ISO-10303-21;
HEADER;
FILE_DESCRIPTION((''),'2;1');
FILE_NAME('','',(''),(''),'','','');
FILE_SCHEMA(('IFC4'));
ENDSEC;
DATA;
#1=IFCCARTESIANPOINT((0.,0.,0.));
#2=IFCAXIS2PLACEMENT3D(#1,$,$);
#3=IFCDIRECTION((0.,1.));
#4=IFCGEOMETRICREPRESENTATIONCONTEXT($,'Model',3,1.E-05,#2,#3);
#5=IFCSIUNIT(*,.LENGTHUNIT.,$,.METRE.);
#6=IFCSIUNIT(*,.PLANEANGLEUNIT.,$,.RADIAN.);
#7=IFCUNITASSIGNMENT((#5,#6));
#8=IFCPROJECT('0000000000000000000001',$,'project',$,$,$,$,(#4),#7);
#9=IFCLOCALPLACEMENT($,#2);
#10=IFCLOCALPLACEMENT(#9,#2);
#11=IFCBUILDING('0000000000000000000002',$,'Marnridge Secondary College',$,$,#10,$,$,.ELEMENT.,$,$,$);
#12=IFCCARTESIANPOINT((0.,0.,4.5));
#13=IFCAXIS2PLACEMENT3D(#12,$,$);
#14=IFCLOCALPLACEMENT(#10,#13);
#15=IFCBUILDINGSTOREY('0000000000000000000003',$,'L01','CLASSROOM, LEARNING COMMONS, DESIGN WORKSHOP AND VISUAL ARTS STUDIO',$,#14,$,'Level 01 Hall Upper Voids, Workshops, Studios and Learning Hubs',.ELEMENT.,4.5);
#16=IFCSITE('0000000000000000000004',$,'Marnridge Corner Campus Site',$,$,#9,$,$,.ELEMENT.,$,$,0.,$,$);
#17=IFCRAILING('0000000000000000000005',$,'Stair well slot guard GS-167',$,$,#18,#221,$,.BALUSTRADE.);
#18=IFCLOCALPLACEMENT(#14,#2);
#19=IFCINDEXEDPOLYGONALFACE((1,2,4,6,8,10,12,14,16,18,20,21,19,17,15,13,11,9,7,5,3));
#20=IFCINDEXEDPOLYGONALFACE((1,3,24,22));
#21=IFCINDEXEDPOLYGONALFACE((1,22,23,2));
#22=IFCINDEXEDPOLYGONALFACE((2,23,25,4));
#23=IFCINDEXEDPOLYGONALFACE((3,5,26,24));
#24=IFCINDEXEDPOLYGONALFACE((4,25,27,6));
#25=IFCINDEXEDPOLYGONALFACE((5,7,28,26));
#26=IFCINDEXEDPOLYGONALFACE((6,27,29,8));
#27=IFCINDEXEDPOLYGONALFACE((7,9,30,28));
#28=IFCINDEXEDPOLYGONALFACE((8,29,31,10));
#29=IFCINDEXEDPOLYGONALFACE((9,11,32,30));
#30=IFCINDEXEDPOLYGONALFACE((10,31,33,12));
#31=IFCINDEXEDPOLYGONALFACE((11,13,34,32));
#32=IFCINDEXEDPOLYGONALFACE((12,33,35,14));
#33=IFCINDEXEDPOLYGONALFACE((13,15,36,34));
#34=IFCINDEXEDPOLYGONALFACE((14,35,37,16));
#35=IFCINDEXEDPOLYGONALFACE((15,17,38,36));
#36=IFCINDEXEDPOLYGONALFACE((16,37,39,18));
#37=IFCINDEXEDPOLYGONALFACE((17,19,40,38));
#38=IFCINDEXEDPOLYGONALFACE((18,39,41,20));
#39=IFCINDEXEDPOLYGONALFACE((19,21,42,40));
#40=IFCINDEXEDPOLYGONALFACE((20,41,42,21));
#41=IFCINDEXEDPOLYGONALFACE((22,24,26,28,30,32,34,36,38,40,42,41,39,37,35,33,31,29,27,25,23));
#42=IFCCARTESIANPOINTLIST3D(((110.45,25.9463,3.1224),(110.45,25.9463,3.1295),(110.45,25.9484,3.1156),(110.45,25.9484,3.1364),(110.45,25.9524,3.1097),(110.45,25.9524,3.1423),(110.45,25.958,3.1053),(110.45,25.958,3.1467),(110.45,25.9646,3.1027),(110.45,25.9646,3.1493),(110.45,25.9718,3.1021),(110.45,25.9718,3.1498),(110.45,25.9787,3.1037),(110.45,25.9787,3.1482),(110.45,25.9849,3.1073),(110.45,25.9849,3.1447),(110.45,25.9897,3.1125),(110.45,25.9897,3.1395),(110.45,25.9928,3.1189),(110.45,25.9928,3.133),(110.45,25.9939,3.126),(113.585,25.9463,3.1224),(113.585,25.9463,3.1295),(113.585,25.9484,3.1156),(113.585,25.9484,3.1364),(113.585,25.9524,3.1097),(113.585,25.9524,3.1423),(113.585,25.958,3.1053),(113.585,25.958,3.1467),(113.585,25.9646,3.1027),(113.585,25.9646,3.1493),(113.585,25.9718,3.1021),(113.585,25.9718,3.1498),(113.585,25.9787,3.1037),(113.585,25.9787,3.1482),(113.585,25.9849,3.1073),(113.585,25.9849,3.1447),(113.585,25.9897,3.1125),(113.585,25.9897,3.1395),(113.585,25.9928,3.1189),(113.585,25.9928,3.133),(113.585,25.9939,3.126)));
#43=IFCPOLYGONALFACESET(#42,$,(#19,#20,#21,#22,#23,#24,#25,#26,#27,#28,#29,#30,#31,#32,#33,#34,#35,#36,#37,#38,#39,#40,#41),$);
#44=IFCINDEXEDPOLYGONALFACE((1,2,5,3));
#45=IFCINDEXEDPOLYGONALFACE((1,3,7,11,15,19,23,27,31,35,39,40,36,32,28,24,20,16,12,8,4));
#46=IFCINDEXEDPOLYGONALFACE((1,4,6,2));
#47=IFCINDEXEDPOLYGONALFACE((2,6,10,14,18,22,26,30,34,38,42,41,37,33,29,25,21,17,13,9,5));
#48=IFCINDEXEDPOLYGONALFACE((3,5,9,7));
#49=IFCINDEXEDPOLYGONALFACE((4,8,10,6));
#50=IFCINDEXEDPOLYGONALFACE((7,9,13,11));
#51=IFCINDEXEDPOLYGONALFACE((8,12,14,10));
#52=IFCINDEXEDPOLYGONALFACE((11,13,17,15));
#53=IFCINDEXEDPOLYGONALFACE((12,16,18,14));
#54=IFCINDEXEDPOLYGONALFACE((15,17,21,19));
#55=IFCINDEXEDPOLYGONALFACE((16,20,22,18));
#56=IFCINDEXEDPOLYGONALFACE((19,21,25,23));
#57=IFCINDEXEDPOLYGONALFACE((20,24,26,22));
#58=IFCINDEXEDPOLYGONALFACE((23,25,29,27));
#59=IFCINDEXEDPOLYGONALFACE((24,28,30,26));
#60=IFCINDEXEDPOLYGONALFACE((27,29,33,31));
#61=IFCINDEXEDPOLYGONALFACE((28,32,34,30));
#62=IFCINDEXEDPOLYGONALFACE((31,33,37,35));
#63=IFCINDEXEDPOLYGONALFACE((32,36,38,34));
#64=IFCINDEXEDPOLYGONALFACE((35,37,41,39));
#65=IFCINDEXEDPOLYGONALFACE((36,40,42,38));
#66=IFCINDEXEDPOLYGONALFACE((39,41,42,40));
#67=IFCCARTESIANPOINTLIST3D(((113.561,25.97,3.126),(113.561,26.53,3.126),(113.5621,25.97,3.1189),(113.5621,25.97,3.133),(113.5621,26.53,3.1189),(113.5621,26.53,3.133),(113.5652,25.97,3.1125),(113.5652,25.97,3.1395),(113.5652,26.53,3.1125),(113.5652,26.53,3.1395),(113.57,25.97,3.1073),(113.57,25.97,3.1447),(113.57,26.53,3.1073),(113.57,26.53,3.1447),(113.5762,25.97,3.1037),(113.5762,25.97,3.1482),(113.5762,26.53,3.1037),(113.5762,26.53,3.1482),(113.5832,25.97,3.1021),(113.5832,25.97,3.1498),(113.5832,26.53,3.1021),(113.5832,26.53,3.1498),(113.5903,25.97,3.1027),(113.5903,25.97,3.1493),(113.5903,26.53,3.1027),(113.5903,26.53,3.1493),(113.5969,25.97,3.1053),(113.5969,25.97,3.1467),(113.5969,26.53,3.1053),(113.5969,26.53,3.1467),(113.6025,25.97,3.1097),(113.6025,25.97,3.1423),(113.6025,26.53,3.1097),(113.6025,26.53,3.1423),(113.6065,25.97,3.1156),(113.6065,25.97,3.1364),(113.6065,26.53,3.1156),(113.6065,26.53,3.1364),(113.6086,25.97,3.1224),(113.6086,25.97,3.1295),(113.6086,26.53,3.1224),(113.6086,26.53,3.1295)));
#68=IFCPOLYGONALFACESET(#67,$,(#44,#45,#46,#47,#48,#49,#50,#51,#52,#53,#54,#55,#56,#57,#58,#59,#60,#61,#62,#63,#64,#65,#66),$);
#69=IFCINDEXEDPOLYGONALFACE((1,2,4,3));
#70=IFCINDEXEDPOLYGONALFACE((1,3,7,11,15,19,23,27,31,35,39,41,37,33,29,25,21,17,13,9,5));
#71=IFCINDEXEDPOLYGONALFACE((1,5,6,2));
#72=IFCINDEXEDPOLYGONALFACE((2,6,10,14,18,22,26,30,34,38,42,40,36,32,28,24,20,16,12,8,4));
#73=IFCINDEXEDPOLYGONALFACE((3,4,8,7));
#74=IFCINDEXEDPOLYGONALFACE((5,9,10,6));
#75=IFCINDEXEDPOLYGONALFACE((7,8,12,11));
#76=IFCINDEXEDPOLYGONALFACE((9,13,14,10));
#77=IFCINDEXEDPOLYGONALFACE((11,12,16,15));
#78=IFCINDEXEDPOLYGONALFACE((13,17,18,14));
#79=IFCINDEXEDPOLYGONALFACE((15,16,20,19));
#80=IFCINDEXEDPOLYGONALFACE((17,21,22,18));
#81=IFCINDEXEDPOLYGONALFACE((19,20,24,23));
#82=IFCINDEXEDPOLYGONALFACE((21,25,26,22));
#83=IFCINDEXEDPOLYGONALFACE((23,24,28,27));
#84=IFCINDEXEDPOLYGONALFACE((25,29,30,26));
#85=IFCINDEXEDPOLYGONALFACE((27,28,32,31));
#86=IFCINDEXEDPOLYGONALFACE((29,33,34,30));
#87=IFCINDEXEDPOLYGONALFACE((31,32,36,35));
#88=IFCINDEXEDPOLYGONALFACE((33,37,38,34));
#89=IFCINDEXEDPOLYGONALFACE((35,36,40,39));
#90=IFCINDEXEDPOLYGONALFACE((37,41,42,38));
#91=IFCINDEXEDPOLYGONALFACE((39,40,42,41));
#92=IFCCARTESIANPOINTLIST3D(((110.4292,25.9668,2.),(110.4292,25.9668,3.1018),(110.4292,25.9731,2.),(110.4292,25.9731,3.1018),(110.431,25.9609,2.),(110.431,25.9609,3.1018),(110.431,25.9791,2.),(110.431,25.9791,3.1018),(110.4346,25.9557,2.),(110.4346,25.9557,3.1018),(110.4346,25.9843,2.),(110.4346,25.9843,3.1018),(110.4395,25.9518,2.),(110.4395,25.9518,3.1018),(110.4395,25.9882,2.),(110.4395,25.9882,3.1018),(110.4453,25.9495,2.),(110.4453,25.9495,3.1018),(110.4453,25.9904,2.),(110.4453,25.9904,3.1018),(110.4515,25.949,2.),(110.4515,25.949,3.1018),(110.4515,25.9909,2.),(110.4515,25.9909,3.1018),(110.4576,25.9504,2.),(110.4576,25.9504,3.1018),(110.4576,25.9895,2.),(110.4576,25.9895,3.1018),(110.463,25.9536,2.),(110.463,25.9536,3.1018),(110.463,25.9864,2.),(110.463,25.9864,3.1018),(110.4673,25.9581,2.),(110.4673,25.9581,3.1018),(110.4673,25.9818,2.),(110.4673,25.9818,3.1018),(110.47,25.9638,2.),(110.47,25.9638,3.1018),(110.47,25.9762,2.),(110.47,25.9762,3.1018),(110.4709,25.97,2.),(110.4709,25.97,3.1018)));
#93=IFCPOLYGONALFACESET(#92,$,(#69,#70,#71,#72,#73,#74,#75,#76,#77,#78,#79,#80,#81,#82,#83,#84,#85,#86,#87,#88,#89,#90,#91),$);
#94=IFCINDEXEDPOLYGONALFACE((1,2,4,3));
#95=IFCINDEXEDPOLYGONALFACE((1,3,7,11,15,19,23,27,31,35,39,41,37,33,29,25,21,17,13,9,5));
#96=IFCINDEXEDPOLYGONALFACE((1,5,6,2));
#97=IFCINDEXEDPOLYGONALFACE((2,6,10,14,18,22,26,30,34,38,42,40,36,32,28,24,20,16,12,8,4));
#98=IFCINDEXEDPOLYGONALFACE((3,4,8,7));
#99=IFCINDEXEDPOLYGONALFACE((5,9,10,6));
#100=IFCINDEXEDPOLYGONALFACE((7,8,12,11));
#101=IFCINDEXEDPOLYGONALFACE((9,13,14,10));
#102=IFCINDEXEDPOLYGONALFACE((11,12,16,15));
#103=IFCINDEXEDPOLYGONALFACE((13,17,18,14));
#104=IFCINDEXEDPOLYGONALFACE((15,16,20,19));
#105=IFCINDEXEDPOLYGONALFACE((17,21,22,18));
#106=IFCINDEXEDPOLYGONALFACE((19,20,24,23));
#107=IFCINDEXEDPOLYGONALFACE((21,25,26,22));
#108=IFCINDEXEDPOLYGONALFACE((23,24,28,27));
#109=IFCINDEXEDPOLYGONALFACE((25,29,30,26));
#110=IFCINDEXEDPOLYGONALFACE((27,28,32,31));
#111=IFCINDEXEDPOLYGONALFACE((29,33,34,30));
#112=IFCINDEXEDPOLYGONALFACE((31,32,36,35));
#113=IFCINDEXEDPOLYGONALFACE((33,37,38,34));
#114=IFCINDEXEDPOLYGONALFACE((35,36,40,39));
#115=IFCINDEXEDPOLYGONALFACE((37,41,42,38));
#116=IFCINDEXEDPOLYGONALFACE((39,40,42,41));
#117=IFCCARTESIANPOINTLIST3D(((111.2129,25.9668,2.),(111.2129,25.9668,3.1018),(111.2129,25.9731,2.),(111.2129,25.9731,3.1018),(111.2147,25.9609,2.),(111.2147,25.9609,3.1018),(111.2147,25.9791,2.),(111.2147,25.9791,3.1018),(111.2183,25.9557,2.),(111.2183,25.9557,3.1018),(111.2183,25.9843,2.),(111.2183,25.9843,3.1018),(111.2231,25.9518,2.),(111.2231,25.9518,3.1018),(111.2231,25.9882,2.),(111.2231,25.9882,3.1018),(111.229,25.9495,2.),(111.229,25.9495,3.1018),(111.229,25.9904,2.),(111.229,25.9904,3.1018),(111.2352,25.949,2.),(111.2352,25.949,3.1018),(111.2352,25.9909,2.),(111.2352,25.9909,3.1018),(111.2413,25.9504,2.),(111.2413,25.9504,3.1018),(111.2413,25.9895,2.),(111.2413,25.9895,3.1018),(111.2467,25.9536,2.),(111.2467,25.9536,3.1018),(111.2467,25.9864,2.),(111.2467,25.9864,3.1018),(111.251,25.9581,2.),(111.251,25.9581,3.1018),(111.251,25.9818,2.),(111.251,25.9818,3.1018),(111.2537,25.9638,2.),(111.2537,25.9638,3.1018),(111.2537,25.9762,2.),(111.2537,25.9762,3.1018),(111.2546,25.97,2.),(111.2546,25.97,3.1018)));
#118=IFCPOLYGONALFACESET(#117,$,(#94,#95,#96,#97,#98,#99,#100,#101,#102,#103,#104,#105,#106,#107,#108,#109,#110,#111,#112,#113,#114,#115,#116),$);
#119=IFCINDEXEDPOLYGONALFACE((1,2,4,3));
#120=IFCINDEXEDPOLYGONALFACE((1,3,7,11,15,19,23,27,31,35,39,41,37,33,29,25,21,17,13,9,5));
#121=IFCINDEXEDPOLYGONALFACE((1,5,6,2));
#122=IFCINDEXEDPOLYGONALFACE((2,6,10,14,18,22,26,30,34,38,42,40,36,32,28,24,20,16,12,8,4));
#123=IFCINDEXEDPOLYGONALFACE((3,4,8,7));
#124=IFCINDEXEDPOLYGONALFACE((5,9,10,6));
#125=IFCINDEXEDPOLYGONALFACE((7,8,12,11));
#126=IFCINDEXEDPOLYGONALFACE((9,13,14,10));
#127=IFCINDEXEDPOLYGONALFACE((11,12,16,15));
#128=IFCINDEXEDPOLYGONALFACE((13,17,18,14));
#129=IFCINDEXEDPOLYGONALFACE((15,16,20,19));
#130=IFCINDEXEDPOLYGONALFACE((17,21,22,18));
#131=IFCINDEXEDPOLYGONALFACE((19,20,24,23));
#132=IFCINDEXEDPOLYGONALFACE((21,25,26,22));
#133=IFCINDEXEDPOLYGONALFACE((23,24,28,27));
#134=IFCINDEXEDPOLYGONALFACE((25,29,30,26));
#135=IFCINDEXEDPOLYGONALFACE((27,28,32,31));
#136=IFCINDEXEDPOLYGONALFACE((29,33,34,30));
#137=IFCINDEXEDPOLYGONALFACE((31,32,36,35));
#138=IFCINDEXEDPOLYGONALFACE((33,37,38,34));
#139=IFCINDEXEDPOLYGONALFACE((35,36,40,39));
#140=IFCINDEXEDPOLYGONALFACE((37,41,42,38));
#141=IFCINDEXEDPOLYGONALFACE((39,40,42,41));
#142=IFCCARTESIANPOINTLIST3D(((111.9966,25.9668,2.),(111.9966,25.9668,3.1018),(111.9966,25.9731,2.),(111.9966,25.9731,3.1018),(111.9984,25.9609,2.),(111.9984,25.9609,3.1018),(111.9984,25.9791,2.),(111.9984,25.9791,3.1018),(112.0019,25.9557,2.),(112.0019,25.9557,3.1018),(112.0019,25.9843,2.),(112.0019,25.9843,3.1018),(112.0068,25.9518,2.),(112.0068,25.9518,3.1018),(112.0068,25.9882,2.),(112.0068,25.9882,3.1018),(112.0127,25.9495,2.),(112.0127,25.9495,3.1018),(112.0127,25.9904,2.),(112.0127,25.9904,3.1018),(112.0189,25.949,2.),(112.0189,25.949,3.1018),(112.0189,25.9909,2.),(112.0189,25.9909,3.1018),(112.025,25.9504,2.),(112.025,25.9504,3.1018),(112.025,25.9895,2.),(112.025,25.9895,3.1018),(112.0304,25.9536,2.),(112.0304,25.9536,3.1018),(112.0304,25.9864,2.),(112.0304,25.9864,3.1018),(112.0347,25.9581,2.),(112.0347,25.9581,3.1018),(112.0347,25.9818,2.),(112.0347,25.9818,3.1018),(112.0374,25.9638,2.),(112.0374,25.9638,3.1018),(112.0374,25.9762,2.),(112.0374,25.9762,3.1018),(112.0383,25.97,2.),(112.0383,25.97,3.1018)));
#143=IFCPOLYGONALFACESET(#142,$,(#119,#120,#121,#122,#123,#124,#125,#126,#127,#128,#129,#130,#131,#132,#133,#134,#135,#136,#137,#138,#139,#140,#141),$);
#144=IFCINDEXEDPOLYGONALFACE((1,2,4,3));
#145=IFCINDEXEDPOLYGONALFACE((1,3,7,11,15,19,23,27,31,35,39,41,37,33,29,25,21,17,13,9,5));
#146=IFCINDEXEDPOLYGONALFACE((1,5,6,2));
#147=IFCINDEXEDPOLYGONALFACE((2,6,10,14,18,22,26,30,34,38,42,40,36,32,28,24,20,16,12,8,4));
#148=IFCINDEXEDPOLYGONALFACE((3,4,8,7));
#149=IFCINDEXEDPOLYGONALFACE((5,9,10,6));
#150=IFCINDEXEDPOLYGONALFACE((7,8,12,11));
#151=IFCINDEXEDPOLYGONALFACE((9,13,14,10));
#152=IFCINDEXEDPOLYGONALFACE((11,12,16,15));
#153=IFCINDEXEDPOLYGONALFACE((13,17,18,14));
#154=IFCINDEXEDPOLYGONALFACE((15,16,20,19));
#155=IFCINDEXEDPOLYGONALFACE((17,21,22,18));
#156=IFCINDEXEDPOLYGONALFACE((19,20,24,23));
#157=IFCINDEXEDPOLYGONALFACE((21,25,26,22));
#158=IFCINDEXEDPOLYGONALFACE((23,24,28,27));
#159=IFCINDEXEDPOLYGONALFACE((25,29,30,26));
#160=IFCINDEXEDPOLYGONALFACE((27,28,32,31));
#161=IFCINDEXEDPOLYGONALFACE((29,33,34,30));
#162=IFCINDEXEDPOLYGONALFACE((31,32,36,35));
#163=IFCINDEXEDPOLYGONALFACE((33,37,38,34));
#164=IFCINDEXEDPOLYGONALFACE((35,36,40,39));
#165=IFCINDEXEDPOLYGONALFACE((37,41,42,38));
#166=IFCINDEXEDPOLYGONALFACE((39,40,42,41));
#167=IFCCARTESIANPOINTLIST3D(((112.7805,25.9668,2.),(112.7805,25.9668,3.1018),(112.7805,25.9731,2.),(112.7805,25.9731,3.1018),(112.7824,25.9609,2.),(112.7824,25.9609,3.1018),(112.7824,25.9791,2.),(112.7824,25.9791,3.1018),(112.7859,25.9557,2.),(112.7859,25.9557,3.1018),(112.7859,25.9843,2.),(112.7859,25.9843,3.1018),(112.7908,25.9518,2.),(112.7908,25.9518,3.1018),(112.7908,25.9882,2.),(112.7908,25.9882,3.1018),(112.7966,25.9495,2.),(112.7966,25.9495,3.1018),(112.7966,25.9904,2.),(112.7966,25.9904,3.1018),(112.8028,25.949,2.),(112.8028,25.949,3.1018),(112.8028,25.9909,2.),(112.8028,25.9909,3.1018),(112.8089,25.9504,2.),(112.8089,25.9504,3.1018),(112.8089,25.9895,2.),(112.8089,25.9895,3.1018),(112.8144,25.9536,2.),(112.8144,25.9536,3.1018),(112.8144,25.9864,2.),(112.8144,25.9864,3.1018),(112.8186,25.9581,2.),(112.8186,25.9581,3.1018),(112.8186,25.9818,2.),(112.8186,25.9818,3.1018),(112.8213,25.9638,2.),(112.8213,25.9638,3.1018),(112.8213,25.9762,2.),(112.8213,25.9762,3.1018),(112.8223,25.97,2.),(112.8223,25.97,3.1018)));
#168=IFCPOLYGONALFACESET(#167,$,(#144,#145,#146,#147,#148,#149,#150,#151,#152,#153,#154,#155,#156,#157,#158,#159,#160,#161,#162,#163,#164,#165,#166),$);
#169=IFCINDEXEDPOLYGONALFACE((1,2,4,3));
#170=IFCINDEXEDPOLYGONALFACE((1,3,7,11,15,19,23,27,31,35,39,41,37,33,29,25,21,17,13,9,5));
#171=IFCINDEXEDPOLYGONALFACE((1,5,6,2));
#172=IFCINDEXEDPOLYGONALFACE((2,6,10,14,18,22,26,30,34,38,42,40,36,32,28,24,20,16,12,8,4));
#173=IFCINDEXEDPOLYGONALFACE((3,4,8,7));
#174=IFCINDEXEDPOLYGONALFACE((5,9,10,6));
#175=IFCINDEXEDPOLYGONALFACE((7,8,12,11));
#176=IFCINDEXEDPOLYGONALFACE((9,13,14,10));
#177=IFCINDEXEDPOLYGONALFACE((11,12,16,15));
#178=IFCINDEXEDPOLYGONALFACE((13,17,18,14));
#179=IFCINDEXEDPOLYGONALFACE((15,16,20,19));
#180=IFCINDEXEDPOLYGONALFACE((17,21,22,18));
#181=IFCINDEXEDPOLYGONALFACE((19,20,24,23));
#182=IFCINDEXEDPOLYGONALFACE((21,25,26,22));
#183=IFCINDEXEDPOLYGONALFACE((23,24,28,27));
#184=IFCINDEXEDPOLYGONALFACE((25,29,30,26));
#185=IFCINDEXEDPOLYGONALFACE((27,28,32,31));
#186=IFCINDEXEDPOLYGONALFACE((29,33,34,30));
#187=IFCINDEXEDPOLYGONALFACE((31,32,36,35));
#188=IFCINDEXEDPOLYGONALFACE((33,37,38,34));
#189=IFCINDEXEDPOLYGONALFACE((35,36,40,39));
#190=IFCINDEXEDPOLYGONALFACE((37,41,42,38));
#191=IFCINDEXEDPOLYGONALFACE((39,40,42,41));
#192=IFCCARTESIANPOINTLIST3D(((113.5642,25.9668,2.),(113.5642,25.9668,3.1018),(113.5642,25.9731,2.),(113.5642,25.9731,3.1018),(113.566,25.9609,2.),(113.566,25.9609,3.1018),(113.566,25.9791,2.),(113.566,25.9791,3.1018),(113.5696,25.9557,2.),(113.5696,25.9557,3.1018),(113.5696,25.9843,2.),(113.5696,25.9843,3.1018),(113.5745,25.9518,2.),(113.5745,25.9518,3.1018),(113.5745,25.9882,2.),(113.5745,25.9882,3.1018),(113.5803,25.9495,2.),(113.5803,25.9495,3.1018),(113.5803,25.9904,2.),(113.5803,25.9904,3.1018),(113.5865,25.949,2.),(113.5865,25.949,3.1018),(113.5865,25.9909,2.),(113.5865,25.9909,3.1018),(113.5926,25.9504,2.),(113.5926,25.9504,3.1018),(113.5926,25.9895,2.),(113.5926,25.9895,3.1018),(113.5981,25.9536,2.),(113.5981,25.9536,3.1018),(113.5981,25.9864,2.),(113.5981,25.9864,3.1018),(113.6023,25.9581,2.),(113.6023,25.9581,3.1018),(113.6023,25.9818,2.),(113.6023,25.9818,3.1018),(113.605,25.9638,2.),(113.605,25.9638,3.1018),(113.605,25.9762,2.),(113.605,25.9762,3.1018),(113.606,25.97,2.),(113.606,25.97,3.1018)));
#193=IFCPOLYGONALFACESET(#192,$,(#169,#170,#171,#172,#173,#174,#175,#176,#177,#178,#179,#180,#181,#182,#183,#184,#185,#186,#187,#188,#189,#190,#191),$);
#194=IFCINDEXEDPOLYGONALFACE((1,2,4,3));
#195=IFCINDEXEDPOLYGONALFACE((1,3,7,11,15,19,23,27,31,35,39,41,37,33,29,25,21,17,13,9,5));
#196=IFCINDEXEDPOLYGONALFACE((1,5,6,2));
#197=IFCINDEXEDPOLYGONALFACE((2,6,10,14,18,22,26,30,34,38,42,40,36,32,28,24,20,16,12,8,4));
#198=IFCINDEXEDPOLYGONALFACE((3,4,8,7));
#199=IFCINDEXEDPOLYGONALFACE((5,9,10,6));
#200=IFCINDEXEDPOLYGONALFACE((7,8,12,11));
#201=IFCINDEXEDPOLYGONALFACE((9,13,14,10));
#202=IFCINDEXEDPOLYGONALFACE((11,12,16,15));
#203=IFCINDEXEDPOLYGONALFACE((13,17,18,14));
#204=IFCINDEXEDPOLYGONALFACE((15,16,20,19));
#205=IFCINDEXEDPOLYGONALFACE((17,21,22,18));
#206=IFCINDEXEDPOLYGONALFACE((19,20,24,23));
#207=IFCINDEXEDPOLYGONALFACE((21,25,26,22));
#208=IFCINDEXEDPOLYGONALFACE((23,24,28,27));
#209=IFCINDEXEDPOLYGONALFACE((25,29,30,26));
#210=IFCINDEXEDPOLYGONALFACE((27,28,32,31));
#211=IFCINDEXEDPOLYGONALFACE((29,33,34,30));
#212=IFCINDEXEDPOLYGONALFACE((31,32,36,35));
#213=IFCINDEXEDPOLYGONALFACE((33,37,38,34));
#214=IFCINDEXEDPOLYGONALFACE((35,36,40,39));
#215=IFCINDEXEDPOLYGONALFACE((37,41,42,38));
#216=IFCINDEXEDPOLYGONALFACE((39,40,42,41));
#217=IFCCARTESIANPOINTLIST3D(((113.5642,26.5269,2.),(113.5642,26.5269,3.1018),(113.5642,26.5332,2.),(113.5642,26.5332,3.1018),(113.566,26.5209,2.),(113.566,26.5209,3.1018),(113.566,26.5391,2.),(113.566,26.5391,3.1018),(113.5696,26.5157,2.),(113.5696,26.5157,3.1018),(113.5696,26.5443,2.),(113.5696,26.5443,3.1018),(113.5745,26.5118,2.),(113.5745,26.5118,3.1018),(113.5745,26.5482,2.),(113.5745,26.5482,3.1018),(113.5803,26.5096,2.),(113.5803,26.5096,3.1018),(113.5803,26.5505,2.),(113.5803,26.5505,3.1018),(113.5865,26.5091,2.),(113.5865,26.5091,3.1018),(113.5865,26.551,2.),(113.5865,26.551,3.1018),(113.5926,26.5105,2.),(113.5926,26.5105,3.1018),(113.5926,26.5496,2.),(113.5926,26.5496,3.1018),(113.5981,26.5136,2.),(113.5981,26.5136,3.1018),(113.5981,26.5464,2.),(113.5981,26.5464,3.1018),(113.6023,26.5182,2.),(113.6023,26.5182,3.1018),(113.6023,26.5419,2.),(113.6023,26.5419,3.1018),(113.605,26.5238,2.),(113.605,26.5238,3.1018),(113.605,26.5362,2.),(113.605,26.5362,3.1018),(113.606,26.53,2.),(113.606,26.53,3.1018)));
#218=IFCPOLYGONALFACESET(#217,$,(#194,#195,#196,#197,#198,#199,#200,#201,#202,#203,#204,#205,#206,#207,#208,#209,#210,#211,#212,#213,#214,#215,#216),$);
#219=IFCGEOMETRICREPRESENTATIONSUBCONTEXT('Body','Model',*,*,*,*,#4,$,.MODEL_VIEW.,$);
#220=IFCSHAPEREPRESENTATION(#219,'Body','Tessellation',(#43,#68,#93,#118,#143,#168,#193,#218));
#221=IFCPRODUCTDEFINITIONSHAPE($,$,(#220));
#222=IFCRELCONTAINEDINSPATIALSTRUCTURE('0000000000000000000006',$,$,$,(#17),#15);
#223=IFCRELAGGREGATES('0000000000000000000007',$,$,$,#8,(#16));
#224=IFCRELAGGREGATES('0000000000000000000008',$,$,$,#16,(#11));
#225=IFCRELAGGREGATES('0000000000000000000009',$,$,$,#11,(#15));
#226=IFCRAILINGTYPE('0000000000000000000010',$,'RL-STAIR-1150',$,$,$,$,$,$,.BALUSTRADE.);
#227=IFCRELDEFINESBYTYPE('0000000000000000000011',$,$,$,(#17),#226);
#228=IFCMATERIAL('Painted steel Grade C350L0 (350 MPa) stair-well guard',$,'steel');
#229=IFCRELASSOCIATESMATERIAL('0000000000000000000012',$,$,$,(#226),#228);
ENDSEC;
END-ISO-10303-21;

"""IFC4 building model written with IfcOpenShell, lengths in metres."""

from ifc_helpers import new_model, si_unit, direction, frame, origin, origin_2d, place, context, subcontext, project, spatial, circle, extrude, material, type_object, element, save


model = new_model("IFC4")

# Units and contexts
model_context = context("Model", 3, precision=1e-05, world=origin(), true_north=direction((0.0, 1.0)))
body_context = subcontext(model_context, "Body", "Model", "MODEL_VIEW")
ifc_project = project(units=[si_unit("LENGTHUNIT", "METRE"), si_unit("PLANEANGLEUNIT", "RADIAN")], contexts=[model_context])

# Site, building, storey
site_placement = place(None, origin())
site = spatial("IfcSite", under=ifc_project, at=site_placement, Name="Marnridge Corner Campus Site", CompositionType="ELEMENT", RefElevation=0.0)
building_placement = place(site_placement, origin())
building = spatial("IfcBuilding", under=site, at=building_placement, Name="Marnridge Secondary College", CompositionType="ELEMENT")
storey_placement = place(building_placement, frame((0.0, 0.0, 4.5)))
storey = spatial("IfcBuildingStorey", under=building, at=storey_placement, Name="L01", Description="CLASSROOM, LEARNING COMMONS, DESIGN WORKSHOP AND VISUAL ARTS STUDIO", LongName="Level 01 Hall Upper Voids, Workshops, Studios and Learning Hubs", CompositionType="ELEMENT", Elevation=4.5)

# Railing
ifc_material_1 = material(Name="Painted steel Grade C350L0 (350 MPa) stair-well guard", Category="steel")
railing_type_1 = type_object("IfcRailingType", Name="RL-STAIR-1150", PredefinedType="BALUSTRADE", material=ifc_material_1)
railing_1_placement = place(storey_placement, frame((110.45, 25.97, 2.0)))
element("IfcRailing", 1, at=railing_1_placement, inside=storey, type_object=railing_type_1, Name="Stair well slot guard GS-167", PredefinedType="BALUSTRADE", context=body_context, shape_type="SweptSolid", body=[
    extrude(circle(Radius=0.0239, at=origin_2d()), frame((0.0, 0.0, 1.126), z_axis=(1.0, 0.0, 0.0), x_axis=(0.0, 1.0, 0.0)), (0.0, 0.0, 1.0), 3.135),
    extrude(circle(Radius=0.0239, at=origin_2d()), frame((3.135, 0.0, 1.126), z_axis=(0.0, 1.0, 0.0), x_axis=(-1.0, 0.0, 0.0)), (0.0, 0.0, 1.0), 0.5601),
    extrude(circle(Radius=0.021, at=origin_2d()), origin(), (0.0, 0.0, 1.0), 1.1018),
    extrude(circle(Radius=0.021, at=origin_2d()), frame((0.7837, 0.0, 0.0)), (0.0, 0.0, 1.0), 1.1018),
    extrude(circle(Radius=0.021, at=origin_2d()), frame((1.5674, 0.0, 0.0)), (0.0, 0.0, 1.0), 1.1018),
    extrude(circle(Radius=0.021, at=origin_2d()), frame((2.3513, 0.0, 0.0)), (0.0, 0.0, 1.0), 1.1018),
    extrude(circle(Radius=0.021, at=origin_2d()), frame((3.135, 0.0, 0.0)), (0.0, 0.0, 1.0), 1.1018),
    extrude(circle(Radius=0.021, at=origin_2d()), frame((3.135, 0.5601, 0.0)), (0.0, 0.0, 1.0), 1.1018),
])

save(model, "model.ifc")
